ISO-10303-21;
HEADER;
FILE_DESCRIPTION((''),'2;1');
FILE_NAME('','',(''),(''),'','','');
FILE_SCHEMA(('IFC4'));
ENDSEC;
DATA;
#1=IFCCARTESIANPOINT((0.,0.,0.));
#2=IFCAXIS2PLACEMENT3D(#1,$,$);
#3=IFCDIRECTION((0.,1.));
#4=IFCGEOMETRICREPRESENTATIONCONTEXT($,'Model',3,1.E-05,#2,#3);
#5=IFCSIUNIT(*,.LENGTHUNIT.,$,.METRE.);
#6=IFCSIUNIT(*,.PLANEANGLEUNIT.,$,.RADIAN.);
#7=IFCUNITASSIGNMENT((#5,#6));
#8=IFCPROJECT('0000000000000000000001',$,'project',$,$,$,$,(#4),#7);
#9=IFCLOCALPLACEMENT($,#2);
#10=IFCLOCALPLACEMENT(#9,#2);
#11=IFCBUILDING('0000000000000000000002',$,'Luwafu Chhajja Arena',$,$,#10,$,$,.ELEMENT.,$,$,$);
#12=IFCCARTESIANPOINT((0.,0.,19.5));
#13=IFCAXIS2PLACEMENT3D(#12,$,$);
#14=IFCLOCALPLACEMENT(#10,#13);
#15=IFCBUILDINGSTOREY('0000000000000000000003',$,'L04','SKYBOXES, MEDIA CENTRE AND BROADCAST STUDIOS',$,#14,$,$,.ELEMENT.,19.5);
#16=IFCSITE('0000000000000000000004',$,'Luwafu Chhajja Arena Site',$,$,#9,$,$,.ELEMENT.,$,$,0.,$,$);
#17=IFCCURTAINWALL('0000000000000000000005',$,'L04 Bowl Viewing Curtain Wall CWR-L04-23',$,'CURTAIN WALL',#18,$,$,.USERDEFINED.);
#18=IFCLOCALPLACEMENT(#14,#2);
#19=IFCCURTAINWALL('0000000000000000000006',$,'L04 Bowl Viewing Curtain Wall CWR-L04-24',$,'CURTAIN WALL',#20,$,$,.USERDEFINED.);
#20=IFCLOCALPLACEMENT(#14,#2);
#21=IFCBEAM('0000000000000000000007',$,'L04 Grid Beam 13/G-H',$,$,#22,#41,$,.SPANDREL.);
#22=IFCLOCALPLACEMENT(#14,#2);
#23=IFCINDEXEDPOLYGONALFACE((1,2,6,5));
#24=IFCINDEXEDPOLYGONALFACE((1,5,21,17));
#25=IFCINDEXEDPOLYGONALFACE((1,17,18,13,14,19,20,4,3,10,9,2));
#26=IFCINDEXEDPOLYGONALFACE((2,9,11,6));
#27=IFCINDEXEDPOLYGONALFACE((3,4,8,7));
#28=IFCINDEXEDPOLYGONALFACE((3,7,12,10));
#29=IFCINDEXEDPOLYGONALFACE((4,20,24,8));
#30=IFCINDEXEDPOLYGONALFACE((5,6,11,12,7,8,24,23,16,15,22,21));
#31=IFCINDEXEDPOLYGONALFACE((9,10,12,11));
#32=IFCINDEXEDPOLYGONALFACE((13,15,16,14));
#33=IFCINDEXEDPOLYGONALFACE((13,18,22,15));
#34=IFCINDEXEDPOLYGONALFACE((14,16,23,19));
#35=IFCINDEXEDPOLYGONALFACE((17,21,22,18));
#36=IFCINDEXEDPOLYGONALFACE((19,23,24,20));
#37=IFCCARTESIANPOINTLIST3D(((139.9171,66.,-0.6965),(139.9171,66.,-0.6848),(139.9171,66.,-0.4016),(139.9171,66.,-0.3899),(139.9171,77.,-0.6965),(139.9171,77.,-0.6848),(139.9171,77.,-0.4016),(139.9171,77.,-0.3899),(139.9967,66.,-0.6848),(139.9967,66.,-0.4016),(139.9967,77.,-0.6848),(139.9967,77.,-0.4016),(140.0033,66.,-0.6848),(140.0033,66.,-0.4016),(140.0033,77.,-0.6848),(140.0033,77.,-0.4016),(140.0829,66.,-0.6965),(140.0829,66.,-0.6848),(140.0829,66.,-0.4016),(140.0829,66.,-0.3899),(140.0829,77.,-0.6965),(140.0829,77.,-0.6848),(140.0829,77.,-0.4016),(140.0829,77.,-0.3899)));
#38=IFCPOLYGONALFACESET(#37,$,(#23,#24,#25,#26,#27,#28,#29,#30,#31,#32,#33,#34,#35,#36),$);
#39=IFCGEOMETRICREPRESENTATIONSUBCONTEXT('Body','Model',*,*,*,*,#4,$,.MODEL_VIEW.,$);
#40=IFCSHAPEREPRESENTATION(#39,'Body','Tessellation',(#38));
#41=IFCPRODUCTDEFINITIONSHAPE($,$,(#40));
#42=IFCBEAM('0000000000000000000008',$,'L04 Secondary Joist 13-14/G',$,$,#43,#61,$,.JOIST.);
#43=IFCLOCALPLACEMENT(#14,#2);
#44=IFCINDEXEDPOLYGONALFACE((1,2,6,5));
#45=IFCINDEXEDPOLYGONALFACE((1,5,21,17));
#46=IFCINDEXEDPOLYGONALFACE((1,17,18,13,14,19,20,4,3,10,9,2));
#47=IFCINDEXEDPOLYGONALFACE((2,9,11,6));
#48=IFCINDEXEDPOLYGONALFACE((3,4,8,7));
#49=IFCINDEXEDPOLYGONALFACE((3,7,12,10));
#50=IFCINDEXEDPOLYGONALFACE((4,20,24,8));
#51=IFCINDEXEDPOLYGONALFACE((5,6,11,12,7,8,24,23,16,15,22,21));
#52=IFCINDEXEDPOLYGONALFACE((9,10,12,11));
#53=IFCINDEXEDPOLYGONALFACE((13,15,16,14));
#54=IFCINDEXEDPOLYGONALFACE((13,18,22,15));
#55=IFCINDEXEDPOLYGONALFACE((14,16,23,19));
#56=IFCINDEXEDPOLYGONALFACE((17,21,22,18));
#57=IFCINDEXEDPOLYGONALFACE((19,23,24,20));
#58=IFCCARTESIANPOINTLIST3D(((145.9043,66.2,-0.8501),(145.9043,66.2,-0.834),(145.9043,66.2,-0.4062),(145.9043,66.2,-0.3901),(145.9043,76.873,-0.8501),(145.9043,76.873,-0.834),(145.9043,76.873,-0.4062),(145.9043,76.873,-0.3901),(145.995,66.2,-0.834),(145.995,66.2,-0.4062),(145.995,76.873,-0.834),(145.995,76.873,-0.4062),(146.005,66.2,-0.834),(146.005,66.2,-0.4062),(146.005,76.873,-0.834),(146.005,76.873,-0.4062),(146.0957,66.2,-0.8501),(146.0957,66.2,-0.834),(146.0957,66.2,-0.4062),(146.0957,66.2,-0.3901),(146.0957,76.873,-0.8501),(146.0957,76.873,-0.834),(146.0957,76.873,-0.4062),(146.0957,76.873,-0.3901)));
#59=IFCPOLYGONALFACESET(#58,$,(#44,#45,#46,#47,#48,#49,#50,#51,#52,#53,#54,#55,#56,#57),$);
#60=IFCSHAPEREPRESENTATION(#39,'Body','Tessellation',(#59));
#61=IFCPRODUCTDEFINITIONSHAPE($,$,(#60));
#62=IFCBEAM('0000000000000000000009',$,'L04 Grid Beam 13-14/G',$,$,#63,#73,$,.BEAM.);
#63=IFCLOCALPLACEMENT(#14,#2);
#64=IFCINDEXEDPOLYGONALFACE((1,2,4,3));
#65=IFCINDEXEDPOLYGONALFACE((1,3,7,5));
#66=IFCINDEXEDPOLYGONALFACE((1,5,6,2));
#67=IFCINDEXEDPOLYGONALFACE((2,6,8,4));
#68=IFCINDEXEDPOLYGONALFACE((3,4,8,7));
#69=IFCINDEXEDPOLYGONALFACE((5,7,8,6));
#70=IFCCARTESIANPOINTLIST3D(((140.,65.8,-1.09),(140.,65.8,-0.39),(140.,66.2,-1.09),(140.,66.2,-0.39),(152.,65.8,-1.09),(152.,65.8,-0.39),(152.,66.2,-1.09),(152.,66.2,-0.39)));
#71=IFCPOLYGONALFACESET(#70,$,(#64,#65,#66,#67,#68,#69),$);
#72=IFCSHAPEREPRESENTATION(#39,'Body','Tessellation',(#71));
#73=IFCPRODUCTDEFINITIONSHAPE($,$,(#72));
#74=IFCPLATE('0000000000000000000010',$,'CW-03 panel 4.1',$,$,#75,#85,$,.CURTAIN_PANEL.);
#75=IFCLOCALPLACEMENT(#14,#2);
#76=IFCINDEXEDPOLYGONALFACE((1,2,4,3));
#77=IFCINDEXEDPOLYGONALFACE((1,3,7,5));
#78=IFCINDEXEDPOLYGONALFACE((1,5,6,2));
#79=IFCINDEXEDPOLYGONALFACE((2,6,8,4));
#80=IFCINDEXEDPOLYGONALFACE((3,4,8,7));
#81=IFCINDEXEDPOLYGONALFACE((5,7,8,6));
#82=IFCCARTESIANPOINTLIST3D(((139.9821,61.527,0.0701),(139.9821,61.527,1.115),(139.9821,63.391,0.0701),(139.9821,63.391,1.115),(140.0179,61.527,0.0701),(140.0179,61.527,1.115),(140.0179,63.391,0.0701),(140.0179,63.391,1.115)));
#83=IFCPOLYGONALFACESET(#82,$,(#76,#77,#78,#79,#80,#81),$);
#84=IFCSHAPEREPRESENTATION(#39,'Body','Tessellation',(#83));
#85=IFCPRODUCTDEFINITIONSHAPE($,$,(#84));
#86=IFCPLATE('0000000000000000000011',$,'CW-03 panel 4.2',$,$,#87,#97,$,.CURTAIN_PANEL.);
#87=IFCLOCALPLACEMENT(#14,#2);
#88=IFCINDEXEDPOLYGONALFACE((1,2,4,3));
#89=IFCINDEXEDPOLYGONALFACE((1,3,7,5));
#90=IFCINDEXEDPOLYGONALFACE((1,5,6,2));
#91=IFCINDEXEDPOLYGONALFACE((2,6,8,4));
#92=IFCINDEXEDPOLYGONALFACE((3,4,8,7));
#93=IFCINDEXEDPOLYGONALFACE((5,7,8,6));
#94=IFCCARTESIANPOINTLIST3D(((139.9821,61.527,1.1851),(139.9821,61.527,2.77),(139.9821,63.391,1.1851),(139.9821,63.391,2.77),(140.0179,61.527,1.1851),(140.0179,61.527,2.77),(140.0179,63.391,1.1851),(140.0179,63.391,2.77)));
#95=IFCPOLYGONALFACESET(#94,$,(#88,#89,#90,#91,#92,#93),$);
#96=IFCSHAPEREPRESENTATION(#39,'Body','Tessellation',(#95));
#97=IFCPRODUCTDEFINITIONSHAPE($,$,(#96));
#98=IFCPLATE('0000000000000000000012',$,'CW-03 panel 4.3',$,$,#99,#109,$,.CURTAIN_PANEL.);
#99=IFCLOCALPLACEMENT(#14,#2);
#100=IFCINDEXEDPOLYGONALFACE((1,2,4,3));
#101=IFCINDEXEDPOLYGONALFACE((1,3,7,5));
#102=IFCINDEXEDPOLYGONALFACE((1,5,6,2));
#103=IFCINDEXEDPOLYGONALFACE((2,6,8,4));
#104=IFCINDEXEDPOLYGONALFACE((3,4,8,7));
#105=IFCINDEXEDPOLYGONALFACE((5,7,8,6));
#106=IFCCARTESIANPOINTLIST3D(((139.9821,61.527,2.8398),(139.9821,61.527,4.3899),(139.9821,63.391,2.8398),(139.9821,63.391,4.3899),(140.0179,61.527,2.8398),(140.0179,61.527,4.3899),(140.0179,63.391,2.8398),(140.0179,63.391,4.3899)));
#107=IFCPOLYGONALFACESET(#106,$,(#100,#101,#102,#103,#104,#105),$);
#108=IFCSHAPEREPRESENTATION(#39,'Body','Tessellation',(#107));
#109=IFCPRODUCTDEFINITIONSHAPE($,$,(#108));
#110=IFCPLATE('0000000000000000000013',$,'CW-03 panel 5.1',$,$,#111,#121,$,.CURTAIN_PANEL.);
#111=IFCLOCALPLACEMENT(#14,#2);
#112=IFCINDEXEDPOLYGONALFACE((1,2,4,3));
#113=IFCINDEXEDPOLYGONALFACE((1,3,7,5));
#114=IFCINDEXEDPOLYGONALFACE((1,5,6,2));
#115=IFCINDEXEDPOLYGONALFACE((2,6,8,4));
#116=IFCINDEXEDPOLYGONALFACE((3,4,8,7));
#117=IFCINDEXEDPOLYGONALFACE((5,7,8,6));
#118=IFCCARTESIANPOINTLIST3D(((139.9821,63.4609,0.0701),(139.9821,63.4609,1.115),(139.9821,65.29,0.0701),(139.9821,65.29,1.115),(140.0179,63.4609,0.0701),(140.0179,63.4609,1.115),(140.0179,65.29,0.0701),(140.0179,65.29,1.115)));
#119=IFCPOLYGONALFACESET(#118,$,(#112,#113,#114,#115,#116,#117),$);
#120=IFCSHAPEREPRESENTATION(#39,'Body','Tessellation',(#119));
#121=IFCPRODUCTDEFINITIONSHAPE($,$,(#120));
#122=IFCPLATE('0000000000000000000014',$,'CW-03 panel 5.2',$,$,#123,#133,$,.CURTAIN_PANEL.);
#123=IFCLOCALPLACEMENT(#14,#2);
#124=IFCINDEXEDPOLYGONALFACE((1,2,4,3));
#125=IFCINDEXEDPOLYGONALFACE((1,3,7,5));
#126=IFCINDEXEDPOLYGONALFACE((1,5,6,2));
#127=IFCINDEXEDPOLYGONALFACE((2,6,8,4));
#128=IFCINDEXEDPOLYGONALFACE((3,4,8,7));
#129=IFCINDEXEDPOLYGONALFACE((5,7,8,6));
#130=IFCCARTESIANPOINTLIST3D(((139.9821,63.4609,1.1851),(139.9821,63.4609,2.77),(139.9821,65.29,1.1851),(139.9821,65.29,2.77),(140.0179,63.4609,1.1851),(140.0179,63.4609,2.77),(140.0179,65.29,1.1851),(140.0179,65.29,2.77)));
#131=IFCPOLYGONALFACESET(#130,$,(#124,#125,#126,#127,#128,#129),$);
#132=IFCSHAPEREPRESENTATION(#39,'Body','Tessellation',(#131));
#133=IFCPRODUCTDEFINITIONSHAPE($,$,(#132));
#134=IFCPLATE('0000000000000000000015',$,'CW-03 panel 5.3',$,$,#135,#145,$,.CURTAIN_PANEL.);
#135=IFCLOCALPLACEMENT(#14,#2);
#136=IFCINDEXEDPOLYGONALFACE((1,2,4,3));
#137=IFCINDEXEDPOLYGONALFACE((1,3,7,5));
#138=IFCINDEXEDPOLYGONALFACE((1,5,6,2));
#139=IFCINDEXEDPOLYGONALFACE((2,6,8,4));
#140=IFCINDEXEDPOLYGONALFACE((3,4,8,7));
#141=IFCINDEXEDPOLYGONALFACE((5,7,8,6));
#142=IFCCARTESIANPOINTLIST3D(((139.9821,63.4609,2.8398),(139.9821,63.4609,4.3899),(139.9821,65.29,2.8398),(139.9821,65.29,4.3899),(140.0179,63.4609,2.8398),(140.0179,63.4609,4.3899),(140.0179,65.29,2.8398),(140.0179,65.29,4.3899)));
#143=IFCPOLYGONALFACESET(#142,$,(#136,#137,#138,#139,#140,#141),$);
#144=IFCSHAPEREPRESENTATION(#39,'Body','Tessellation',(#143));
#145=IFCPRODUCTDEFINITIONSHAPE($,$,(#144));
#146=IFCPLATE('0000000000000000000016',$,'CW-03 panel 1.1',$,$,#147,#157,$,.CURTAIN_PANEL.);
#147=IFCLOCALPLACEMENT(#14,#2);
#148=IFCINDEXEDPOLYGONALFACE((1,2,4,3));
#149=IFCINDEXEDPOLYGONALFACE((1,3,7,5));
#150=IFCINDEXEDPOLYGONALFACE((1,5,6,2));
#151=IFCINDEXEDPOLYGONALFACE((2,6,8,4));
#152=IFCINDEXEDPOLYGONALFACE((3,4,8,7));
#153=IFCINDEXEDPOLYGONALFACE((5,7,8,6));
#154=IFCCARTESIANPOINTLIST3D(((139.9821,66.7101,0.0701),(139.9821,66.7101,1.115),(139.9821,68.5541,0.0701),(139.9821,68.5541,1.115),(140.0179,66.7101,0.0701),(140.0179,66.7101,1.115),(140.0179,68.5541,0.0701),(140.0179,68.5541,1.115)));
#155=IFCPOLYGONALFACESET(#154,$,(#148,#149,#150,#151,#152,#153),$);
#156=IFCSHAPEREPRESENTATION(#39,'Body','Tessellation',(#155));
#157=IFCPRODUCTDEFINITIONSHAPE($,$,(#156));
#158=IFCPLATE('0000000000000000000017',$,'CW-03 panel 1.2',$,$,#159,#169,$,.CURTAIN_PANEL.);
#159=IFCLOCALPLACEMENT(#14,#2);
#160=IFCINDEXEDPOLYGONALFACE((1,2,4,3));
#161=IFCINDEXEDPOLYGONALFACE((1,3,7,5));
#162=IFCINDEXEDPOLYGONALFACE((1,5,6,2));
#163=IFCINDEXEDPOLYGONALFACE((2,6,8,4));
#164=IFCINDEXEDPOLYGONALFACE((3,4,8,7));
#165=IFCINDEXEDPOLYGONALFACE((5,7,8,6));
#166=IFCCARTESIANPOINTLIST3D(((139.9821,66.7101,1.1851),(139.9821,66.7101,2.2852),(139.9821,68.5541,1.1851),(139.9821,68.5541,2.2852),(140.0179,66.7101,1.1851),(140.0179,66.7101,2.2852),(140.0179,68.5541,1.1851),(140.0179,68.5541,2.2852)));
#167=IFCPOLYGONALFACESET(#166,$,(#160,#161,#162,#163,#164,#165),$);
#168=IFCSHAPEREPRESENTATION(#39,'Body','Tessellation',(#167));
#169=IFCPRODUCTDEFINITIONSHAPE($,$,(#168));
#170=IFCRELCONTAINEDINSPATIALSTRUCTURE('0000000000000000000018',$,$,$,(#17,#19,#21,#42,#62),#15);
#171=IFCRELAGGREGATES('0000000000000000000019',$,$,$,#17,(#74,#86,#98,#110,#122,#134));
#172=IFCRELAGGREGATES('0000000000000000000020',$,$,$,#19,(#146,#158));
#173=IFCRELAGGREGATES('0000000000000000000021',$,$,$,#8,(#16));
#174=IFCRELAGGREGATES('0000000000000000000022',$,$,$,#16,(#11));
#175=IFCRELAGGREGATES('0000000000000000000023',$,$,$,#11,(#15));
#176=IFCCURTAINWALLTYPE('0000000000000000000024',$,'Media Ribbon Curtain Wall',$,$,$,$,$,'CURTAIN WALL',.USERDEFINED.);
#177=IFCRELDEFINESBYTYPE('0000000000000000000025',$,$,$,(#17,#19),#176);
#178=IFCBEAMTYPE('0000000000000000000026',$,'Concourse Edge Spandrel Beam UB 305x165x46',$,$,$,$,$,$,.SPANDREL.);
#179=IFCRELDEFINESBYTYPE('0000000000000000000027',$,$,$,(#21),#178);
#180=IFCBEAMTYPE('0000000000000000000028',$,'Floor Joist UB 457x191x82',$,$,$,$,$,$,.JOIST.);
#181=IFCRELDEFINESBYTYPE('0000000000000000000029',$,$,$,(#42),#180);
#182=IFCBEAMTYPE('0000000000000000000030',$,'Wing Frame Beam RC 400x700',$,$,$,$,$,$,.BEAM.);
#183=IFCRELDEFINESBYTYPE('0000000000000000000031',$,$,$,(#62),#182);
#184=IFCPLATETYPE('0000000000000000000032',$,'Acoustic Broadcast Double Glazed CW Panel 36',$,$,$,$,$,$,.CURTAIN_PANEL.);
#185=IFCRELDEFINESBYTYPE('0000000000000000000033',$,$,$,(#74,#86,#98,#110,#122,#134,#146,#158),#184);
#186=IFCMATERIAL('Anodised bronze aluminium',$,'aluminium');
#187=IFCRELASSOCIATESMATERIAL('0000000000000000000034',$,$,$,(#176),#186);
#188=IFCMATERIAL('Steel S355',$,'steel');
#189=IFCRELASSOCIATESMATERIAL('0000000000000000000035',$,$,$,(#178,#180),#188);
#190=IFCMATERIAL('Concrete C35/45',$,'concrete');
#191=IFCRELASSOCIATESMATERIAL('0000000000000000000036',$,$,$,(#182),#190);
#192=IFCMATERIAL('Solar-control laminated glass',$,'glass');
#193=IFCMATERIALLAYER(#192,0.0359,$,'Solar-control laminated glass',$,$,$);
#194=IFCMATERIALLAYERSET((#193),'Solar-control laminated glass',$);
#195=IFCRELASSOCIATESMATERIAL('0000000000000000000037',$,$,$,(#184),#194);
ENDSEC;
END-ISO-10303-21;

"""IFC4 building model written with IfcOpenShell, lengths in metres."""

from ifc_helpers import new_model, si_unit, direction, frame, origin, origin_2d, place, context, subcontext, project, spatial, rectangle, i_section, extrude, material, layer, layer_set, material_profile, profile_set, type_object, element, aggregate, save


model = new_model("IFC4")

# Units and contexts
model_context = context("Model", 3, precision=1e-05, world=origin(), true_north=direction((0.0, 1.0)))
body_context = subcontext(model_context, "Body", "Model", "MODEL_VIEW")
ifc_project = project(units=[si_unit("LENGTHUNIT", "METRE"), si_unit("PLANEANGLEUNIT", "RADIAN")], contexts=[model_context])

# Site, building, storey
site_placement = place(None, origin())
site = spatial("IfcSite", under=ifc_project, at=site_placement, Name="Luwafu Chhajja Arena Site", CompositionType="ELEMENT", RefElevation=0.0)
building_placement = place(site_placement, origin())
building = spatial("IfcBuilding", under=site, at=building_placement, Name="Luwafu Chhajja Arena", CompositionType="ELEMENT")
storey_placement = place(building_placement, frame((0.0, 0.0, 19.5)))
storey = spatial("IfcBuildingStorey", under=building, at=storey_placement, Name="L04", Description="SKYBOXES, MEDIA CENTRE AND BROADCAST STUDIOS", CompositionType="ELEMENT", Elevation=19.5)

# Curtain wall
ifc_material_1 = material(Name="Anodised bronze aluminium", Category="aluminium")
curtain_wall_type = type_object("IfcCurtainWallType", Name="Media Ribbon Curtain Wall", ElementType="CURTAIN WALL", PredefinedType="USERDEFINED", material=ifc_material_1)
curtain_wall_1_placement = place(storey_placement, origin())
curtain_wall_1 = element("IfcCurtainWall", 1, at=curtain_wall_1_placement, inside=storey, type_object=curtain_wall_type, Name="L04 Bowl Viewing Curtain Wall CWR-L04-23", ObjectType="CURTAIN WALL", PredefinedType="USERDEFINED")

# Curtain wall
curtain_wall_2_placement = place(storey_placement, origin())
curtain_wall_2 = element("IfcCurtainWall", 2, at=curtain_wall_2_placement, inside=storey, type_object=curtain_wall_type, Name="L04 Bowl Viewing Curtain Wall CWR-L04-24", ObjectType="CURTAIN WALL", PredefinedType="USERDEFINED")

# Beams
ifc_material_2 = material(Name="Steel S355", Category="steel")
ifc_material_profile_1 = material_profile(ifc_material_2, i_section(OverallWidth=0.1658, OverallDepth=0.3066, WebThickness=0.0066, FlangeThickness=0.0117, at=origin_2d()), Name="UB 305x165x46")
ifc_profile_set_1 = profile_set([ifc_material_profile_1], Name="Steel S355")
beam_type_1 = type_object("IfcBeamType", Name="Concourse Edge Spandrel Beam UB 305x165x46", PredefinedType="SPANDREL", material=ifc_profile_set_1)
beam_1_placement = place(storey_placement, frame((140.0, 66.0, -0.5432), z_axis=(0.0, 1.0, 0.0), x_axis=(-1.0, 0.0, 0.0)))
element("IfcBeam", 3, at=beam_1_placement, inside=storey, type_object=beam_type_1, Name="L04 Grid Beam 13/G-H", PredefinedType="SPANDREL", context=body_context, shape_type="SweptSolid", body=[
    extrude(i_section(OverallWidth=0.1658, OverallDepth=0.3066, WebThickness=0.0066, FlangeThickness=0.0117, at=origin_2d()), origin(), (0.0, 0.0, 1.0), 11.0),
])
ifc_material_profile_2 = material_profile(ifc_material_2, i_section(OverallWidth=0.1914, OverallDepth=0.46, WebThickness=0.01, FlangeThickness=0.0161, at=origin_2d()), Name="UB 457x191x82")
ifc_profile_set_2 = profile_set([ifc_material_profile_2], Name="Steel S355")
beam_type_2 = type_object("IfcBeamType", Name="Floor Joist UB 457x191x82", PredefinedType="JOIST", material=ifc_profile_set_2)
beam_2_placement = place(storey_placement, frame((146.0, 66.2, -0.6201), z_axis=(0.0, 1.0, 0.0), x_axis=(-1.0, 0.0, 0.0)))
element("IfcBeam", 4, at=beam_2_placement, inside=storey, type_object=beam_type_2, Name="L04 Secondary Joist 13-14/G", PredefinedType="JOIST", context=body_context, shape_type="SweptSolid", body=[
    extrude(i_section(OverallWidth=0.1914, OverallDepth=0.46, WebThickness=0.01, FlangeThickness=0.0161, at=origin_2d()), origin(), (0.0, 0.0, 1.0), 10.6731),
])
ifc_material_3 = material(Name="Concrete C35/45", Category="concrete")
ifc_material_profile_3 = material_profile(ifc_material_3, rectangle(XDim=0.3999, YDim=0.7, at=origin_2d()), Name="RC 400x700")
ifc_profile_set_3 = profile_set([ifc_material_profile_3], Name="Concrete C35/45")
beam_type_3 = type_object("IfcBeamType", Name="Wing Frame Beam RC 400x700", PredefinedType="BEAM", material=ifc_profile_set_3)
beam_3_placement = place(storey_placement, frame((140.0, 66.0, -0.74), z_axis=(1.0, 0.0, 0.0), x_axis=(0.0, 1.0, 0.0)))
element("IfcBeam", 5, at=beam_3_placement, inside=storey, type_object=beam_type_3, Name="L04 Grid Beam 13-14/G", PredefinedType="BEAM", context=body_context, shape_type="SweptSolid", body=[
    extrude(rectangle(XDim=0.3999, YDim=0.7, at=origin_2d()), origin(), (0.0, 0.0, 1.0), 12.0),
])

# Plates
ifc_material_4 = material(Name="Solar-control laminated glass", Category="glass")
ifc_layer_1 = layer(ifc_material_4, 0.0359, Name="Solar-control laminated glass")
ifc_layer_set_1 = layer_set([ifc_layer_1], Name="Solar-control laminated glass")
plate_type = type_object("IfcPlateType", Name="Acoustic Broadcast Double Glazed CW Panel 36", PredefinedType="CURTAIN_PANEL", material=ifc_layer_set_1)
plate_1_placement = place(storey_placement, frame((140.0, 62.459, 0.0701), z_axis=(0.0, 0.0, 1.0), x_axis=(0.0, 1.0, 0.0)))
plate_1 = element("IfcPlate", 6, at=plate_1_placement, type_object=plate_type, Name="CW-03 panel 4.1", PredefinedType="CURTAIN_PANEL", context=body_context, shape_type="SweptSolid", body=[
    extrude(rectangle(XDim=1.864, YDim=0.0359, at=origin_2d()), origin(), (0.0, 0.0, 1.0), 1.0449),
])
plate_2_placement = place(storey_placement, frame((140.0, 62.459, 1.1851), z_axis=(0.0, 0.0, 1.0), x_axis=(0.0, 1.0, 0.0)))
plate_2 = element("IfcPlate", 7, at=plate_2_placement, type_object=plate_type, Name="CW-03 panel 4.2", PredefinedType="CURTAIN_PANEL", context=body_context, shape_type="SweptSolid", body=[
    extrude(rectangle(XDim=1.864, YDim=0.0359, at=origin_2d()), origin(), (0.0, 0.0, 1.0), 1.585),
])
plate_3_placement = place(storey_placement, frame((140.0, 62.459, 2.8398), z_axis=(0.0, 0.0, 1.0), x_axis=(0.0, 1.0, 0.0)))
plate_3 = element("IfcPlate", 8, at=plate_3_placement, type_object=plate_type, Name="CW-03 panel 4.3", PredefinedType="CURTAIN_PANEL", context=body_context, shape_type="SweptSolid", body=[
    extrude(rectangle(XDim=1.864, YDim=0.0359, at=origin_2d()), origin(), (0.0, 0.0, 1.0), 1.55),
])
plate_4_placement = place(storey_placement, frame((140.0, 64.3755, 0.0701), z_axis=(0.0, 0.0, 1.0), x_axis=(0.0, 1.0, 0.0)))
plate_4 = element("IfcPlate", 9, at=plate_4_placement, type_object=plate_type, Name="CW-03 panel 5.1", PredefinedType="CURTAIN_PANEL", context=body_context, shape_type="SweptSolid", body=[
    extrude(rectangle(XDim=1.8291, YDim=0.0359, at=origin_2d()), origin(), (0.0, 0.0, 1.0), 1.0449),
])
plate_5_placement = place(storey_placement, frame((140.0, 64.3755, 1.1851), z_axis=(0.0, 0.0, 1.0), x_axis=(0.0, 1.0, 0.0)))
plate_5 = element("IfcPlate", 10, at=plate_5_placement, type_object=plate_type, Name="CW-03 panel 5.2", PredefinedType="CURTAIN_PANEL", context=body_context, shape_type="SweptSolid", body=[
    extrude(rectangle(XDim=1.8291, YDim=0.0359, at=origin_2d()), origin(), (0.0, 0.0, 1.0), 1.585),
])
plate_6_placement = place(storey_placement, frame((140.0, 64.3755, 2.8398), z_axis=(0.0, 0.0, 1.0), x_axis=(0.0, 1.0, 0.0)))
plate_6 = element("IfcPlate", 11, at=plate_6_placement, type_object=plate_type, Name="CW-03 panel 5.3", PredefinedType="CURTAIN_PANEL", context=body_context, shape_type="SweptSolid", body=[
    extrude(rectangle(XDim=1.8291, YDim=0.0359, at=origin_2d()), origin(), (0.0, 0.0, 1.0), 1.55),
])
aggregate(curtain_wall_1, [plate_1, plate_2, plate_3, plate_4, plate_5, plate_6])
plate_7_placement = place(storey_placement, frame((140.0, 67.6321, 0.0701), z_axis=(0.0, 0.0, 1.0), x_axis=(0.0, 1.0, 0.0)))
plate_7 = element("IfcPlate", 12, at=plate_7_placement, type_object=plate_type, Name="CW-03 panel 1.1", PredefinedType="CURTAIN_PANEL", context=body_context, shape_type="SweptSolid", body=[
    extrude(rectangle(XDim=1.844, YDim=0.0359, at=origin_2d()), origin(), (0.0, 0.0, 1.0), 1.0449),
])
plate_8_placement = place(storey_placement, frame((140.0, 67.6321, 1.1851), z_axis=(0.0, 0.0, 1.0), x_axis=(0.0, 1.0, 0.0)))
plate_8 = element("IfcPlate", 13, at=plate_8_placement, type_object=plate_type, Name="CW-03 panel 1.2", PredefinedType="CURTAIN_PANEL", context=body_context, shape_type="SweptSolid", body=[
    extrude(rectangle(XDim=1.844, YDim=0.0359, at=origin_2d()), origin(), (0.0, 0.0, 1.0), 1.1001),
])
aggregate(curtain_wall_2, [plate_7, plate_8])

save(model, "model.ifc")
